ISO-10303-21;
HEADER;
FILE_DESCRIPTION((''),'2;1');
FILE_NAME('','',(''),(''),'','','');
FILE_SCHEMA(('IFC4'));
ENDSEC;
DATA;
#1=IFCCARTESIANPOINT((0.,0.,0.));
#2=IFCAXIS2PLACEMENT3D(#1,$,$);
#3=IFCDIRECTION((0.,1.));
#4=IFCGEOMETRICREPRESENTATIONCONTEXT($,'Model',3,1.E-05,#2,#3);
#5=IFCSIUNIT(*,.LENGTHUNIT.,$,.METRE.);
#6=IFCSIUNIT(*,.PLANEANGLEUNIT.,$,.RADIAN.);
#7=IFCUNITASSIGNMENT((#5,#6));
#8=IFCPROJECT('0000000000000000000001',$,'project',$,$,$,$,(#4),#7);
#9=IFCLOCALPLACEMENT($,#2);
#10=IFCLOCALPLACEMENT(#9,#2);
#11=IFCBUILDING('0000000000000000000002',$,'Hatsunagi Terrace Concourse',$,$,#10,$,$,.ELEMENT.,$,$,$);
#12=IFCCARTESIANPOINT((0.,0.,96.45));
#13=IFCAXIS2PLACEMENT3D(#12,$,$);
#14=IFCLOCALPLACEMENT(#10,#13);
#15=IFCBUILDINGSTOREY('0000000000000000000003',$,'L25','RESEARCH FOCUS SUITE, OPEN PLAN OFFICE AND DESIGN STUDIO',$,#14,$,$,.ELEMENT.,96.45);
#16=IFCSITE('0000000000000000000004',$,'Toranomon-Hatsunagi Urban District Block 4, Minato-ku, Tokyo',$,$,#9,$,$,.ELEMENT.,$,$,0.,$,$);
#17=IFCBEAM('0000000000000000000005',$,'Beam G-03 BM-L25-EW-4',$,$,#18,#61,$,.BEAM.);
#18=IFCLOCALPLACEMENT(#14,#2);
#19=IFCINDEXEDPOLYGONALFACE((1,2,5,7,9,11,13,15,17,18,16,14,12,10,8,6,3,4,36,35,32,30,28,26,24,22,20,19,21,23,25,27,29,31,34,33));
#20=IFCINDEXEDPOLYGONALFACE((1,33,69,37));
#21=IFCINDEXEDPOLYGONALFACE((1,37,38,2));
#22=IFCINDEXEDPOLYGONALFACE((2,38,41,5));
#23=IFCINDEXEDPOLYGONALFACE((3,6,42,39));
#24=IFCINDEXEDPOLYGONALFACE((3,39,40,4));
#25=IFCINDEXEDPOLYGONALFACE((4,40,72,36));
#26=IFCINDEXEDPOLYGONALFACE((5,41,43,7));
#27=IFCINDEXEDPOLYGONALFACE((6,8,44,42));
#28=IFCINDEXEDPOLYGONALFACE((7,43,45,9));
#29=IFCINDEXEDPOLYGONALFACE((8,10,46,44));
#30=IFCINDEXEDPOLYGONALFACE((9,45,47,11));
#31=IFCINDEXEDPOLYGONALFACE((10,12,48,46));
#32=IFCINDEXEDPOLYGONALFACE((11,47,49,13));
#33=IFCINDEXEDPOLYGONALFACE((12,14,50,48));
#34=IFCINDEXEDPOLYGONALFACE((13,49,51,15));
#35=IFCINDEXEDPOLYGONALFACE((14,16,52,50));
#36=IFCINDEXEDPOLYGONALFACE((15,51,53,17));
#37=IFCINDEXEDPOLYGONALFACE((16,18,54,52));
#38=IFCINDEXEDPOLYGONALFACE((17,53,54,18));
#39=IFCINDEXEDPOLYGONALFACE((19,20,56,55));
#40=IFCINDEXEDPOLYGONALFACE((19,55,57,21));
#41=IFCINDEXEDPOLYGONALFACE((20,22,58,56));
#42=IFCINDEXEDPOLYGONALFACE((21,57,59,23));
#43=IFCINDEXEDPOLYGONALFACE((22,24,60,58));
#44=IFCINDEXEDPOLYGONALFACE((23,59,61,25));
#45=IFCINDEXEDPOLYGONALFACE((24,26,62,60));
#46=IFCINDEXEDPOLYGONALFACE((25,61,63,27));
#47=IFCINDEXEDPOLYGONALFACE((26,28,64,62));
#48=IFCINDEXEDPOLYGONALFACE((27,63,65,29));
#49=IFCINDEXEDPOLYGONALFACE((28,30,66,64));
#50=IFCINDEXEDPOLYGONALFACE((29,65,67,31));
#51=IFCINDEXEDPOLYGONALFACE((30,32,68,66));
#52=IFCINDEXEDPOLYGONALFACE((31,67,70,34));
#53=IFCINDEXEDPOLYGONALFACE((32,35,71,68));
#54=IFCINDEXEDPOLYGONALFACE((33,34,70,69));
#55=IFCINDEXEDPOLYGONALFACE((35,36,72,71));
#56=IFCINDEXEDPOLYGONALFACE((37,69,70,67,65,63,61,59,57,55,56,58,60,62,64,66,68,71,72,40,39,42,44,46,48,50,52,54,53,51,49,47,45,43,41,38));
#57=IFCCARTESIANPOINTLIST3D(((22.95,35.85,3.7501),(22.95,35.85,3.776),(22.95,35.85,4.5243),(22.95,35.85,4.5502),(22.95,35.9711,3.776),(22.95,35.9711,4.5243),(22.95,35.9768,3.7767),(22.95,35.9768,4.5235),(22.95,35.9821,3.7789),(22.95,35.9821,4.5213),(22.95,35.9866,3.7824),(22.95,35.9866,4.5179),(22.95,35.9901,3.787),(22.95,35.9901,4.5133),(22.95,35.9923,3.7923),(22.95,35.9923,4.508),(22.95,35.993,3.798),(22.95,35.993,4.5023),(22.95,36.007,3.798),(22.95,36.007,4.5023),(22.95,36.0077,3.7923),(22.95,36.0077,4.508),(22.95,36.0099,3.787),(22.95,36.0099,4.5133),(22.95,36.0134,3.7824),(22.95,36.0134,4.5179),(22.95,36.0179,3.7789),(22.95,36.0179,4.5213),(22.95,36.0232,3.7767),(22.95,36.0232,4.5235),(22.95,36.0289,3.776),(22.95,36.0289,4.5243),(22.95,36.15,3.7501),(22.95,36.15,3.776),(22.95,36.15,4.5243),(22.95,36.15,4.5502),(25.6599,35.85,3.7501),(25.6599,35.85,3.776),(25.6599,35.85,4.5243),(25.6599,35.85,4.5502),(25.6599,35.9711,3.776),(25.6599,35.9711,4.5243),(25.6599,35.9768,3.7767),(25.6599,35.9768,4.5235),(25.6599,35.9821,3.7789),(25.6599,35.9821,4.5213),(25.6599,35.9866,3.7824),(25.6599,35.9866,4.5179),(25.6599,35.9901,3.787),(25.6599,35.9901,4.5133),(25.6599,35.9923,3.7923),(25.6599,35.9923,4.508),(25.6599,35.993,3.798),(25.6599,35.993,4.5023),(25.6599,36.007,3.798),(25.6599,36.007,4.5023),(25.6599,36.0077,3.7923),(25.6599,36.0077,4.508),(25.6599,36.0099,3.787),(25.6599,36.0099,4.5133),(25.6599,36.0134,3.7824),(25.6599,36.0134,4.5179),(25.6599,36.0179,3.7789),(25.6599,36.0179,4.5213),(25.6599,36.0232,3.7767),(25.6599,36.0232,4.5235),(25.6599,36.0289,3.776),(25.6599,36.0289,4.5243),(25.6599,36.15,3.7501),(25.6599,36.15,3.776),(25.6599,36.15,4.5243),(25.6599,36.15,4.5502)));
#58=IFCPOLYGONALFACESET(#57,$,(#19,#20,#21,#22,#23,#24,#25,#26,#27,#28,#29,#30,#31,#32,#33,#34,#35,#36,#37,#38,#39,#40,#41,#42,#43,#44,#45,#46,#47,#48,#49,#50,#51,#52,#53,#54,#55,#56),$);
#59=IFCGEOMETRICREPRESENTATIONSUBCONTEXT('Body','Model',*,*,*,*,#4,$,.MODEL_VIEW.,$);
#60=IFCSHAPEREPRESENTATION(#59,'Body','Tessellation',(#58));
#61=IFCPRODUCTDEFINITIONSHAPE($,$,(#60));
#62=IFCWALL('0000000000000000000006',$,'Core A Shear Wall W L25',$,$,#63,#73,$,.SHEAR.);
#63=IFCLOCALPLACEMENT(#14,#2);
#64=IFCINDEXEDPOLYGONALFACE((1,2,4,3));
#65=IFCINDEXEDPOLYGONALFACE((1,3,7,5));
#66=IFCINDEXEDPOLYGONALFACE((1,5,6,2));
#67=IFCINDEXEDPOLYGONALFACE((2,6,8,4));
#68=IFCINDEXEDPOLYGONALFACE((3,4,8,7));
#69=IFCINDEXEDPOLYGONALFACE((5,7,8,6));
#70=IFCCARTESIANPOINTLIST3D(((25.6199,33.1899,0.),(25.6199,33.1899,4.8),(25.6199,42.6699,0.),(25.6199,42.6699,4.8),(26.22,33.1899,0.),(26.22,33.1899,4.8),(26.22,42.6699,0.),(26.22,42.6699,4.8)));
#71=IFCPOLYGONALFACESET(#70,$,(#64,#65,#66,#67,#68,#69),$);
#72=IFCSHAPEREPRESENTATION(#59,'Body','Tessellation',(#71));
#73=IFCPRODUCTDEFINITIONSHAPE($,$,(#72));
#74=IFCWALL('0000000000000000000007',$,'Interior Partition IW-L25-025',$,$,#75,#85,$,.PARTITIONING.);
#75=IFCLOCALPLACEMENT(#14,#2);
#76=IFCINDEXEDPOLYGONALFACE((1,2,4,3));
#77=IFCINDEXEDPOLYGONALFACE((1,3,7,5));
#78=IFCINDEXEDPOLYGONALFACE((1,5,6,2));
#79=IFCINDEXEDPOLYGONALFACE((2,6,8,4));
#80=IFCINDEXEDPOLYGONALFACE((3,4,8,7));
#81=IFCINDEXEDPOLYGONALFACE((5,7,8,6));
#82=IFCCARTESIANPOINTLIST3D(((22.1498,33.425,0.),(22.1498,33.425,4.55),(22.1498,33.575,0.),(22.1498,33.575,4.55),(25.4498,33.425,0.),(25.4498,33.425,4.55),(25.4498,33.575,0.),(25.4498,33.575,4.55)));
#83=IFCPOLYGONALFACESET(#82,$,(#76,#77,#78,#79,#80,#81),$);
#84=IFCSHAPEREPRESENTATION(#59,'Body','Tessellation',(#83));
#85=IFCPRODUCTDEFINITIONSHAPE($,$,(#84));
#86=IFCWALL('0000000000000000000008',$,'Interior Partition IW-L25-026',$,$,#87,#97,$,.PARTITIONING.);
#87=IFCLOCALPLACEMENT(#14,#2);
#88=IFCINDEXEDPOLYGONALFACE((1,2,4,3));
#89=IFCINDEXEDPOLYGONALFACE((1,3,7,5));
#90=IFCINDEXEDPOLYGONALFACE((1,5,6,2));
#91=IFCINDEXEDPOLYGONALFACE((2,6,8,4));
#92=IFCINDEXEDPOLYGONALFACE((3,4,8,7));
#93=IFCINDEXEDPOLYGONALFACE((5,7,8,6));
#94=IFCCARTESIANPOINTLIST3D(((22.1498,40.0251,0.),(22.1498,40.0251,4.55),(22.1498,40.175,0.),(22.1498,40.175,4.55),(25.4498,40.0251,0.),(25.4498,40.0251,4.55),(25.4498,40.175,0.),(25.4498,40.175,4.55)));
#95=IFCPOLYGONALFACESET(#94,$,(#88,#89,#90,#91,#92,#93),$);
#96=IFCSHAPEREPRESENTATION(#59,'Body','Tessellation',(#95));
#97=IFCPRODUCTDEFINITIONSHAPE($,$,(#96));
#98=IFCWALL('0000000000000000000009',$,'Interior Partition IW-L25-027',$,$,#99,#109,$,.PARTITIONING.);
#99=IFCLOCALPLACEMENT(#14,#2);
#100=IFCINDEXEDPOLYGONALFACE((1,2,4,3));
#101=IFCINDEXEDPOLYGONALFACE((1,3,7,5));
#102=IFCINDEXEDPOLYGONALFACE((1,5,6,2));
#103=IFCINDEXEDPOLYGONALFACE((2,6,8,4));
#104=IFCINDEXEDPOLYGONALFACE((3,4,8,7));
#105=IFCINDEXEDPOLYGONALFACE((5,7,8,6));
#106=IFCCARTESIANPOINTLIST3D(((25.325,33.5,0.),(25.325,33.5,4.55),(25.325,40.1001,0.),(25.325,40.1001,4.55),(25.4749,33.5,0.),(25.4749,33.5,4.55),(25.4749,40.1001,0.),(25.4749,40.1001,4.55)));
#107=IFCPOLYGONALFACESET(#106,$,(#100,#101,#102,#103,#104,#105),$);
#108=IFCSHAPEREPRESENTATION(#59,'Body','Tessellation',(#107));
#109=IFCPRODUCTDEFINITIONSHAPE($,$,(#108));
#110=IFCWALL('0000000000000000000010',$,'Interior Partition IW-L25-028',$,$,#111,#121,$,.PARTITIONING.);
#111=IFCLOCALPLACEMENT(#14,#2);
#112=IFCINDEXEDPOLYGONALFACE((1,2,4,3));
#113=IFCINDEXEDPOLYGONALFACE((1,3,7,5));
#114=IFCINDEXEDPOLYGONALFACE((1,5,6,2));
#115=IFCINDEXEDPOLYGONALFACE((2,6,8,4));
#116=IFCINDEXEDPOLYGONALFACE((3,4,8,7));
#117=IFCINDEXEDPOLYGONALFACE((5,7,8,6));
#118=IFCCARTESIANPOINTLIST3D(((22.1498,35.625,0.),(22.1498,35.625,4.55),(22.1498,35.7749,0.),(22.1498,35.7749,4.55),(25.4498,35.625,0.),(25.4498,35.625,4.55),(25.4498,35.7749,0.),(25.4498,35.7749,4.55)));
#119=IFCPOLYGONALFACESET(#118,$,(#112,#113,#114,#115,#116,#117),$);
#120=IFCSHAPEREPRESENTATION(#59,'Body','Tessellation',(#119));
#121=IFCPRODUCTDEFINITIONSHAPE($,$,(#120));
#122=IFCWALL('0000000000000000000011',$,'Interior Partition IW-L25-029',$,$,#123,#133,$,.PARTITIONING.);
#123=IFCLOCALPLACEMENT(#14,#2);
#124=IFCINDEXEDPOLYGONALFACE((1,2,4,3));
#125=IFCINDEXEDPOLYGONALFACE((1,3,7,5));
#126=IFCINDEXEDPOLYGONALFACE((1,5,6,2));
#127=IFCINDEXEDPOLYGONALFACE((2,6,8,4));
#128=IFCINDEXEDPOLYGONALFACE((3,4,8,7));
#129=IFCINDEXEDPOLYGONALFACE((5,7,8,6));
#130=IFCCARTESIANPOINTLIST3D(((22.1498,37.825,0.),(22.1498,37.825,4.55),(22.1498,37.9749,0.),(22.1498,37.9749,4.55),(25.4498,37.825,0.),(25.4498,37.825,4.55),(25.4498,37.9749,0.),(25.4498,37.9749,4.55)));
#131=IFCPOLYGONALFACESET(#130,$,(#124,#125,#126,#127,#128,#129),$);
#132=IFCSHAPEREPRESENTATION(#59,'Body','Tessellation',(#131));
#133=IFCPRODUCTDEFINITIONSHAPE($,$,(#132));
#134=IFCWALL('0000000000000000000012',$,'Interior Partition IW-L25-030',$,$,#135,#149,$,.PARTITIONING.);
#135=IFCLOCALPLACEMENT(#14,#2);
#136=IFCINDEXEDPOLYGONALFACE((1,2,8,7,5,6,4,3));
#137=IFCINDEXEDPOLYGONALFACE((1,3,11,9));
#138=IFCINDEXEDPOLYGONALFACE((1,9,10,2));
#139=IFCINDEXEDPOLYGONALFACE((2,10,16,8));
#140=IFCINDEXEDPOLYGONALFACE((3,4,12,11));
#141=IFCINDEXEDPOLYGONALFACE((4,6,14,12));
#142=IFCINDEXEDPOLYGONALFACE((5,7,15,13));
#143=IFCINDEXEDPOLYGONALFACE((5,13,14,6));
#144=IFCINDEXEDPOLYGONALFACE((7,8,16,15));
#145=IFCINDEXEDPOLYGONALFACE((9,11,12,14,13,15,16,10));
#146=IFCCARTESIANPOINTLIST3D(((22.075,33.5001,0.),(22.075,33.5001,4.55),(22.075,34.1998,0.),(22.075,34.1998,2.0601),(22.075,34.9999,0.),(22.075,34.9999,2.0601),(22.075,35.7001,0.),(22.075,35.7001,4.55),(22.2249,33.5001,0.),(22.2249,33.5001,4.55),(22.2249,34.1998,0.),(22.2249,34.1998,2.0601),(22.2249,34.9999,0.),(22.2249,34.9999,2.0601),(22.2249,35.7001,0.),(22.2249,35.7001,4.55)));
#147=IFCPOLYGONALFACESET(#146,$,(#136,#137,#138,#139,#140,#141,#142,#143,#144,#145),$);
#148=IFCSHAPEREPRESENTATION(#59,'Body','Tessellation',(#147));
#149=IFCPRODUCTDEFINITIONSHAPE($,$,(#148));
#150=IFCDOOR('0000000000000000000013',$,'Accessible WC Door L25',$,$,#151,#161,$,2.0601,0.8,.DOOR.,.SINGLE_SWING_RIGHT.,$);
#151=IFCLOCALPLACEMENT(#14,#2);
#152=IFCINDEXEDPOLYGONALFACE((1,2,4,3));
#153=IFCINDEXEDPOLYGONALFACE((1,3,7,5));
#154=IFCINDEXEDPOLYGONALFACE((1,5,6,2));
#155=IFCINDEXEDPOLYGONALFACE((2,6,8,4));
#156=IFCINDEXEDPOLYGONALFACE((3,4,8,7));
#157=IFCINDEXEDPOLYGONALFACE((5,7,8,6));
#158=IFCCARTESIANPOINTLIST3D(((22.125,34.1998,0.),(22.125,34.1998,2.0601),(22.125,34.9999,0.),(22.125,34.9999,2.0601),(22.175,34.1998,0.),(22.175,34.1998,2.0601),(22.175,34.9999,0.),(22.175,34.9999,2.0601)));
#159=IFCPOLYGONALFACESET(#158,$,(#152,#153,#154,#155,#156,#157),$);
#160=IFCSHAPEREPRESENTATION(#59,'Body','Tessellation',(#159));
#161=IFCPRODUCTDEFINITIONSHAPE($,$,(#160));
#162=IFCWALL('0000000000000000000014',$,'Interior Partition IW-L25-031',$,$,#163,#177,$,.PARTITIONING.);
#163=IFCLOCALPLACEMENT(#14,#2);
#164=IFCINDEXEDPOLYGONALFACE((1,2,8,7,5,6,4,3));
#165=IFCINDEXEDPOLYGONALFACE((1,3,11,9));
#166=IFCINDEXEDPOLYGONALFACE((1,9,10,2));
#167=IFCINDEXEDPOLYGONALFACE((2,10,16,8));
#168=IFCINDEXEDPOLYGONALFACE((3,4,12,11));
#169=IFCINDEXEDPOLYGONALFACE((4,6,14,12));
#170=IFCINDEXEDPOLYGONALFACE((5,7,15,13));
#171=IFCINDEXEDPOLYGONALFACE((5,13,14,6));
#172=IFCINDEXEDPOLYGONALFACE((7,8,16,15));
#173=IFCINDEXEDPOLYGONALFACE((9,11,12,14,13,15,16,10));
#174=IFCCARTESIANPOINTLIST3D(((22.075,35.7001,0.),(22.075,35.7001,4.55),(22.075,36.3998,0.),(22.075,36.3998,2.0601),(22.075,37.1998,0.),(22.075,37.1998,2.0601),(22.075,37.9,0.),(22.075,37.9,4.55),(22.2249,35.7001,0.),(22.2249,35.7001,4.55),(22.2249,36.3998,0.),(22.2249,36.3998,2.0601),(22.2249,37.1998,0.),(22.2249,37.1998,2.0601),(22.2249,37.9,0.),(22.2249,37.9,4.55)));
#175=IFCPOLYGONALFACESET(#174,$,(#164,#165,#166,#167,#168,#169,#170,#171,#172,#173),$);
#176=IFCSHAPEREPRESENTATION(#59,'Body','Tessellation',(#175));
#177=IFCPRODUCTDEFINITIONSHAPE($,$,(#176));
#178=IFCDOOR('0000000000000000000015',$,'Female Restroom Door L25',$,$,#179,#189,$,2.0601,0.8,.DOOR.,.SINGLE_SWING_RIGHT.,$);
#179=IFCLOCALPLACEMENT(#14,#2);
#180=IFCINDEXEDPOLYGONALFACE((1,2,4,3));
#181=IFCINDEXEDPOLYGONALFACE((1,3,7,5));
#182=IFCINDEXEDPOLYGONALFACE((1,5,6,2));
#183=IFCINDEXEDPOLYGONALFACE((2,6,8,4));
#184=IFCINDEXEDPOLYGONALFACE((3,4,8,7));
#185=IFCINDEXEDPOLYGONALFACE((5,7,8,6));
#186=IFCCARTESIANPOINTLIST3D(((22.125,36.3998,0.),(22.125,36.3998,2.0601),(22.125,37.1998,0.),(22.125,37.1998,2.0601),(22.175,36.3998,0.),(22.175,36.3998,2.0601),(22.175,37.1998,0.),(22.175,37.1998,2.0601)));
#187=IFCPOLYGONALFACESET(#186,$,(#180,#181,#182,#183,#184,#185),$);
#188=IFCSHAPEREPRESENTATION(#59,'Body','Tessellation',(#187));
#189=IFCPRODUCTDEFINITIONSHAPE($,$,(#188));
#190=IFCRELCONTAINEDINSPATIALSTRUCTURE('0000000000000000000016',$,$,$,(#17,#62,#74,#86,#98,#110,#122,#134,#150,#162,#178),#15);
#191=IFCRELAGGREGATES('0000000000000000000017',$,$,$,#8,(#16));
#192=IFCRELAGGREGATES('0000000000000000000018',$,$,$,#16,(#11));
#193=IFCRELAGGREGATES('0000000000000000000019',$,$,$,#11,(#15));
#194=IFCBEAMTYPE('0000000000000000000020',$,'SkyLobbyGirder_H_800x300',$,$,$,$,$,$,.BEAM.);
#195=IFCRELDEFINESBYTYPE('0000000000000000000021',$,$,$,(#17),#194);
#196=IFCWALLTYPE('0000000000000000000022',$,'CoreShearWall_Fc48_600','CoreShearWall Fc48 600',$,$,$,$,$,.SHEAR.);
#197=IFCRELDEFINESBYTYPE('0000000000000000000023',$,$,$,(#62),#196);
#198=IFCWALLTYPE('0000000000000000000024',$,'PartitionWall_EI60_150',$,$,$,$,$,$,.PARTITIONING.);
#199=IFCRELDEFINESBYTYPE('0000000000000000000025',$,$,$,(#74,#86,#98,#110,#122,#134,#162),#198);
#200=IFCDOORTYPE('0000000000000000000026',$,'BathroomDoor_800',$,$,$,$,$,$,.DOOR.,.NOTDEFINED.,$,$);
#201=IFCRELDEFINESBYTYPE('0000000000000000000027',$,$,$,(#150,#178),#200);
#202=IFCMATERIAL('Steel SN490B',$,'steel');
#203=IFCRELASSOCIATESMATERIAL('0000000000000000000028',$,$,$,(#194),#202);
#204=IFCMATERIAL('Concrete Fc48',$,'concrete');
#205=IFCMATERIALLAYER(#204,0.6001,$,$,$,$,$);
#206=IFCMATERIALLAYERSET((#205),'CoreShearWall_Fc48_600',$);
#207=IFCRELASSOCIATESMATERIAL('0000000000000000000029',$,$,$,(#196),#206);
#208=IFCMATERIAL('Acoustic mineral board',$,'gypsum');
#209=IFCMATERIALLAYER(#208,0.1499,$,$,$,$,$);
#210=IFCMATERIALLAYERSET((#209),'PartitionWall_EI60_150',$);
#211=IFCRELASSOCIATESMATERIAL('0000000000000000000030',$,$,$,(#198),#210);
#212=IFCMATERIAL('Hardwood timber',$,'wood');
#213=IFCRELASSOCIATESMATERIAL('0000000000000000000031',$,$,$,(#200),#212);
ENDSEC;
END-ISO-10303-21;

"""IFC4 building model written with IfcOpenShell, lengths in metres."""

from ifc_helpers import new_model, si_unit, direction, frame, frame_2d, origin, origin_2d, place, context, subcontext, project, spatial, rectangle, i_section, extrude, material, layer, layer_set, material_profile, profile_set, type_object, element, fill, save


model = new_model("IFC4")

# Units and contexts
model_context = context("Model", 3, precision=1e-05, world=origin(), true_north=direction((0.0, 1.0)))
body_context = subcontext(model_context, "Body", "Model", "MODEL_VIEW")
ifc_project = project(units=[si_unit("LENGTHUNIT", "METRE"), si_unit("PLANEANGLEUNIT", "RADIAN")], contexts=[model_context])

# Site, building, storey
site_placement = place(None, origin())
site = spatial("IfcSite", under=ifc_project, at=site_placement, Name="Toranomon-Hatsunagi Urban District Block 4, Minato-ku, Tokyo", CompositionType="ELEMENT", RefElevation=0.0)
building_placement = place(site_placement, origin())
building = spatial("IfcBuilding", under=site, at=building_placement, Name="Hatsunagi Terrace Concourse", CompositionType="ELEMENT")
storey_placement = place(building_placement, frame((0.0, 0.0, 96.45)))
storey = spatial("IfcBuildingStorey", under=building, at=storey_placement, Name="L25", Description="RESEARCH FOCUS SUITE, OPEN PLAN OFFICE AND DESIGN STUDIO", CompositionType="ELEMENT", Elevation=96.45)

# Beam
ifc_material_1 = material(Name="Steel SN490B", Category="steel")
ifc_material_profile_1 = material_profile(ifc_material_1, i_section(OverallWidth=0.3, OverallDepth=0.8, WebThickness=0.0139, FlangeThickness=0.0259, FilletRadius=0.022, at=origin_2d()), Name="H-800x300x14x26")
ifc_profile_set_1 = profile_set([ifc_material_profile_1], Name="Steel SN490B")
beam_type_1 = type_object("IfcBeamType", Name="SkyLobbyGirder_H_800x300", PredefinedType="BEAM", material=ifc_profile_set_1)
beam_1_placement = place(storey_placement, frame((22.95, 36.0, 4.1501), z_axis=(1.0, 0.0, 0.0), x_axis=(0.0, 1.0, 0.0)))
element("IfcBeam", 1, at=beam_1_placement, inside=storey, type_object=beam_type_1, Name="Beam G-03 BM-L25-EW-4", PredefinedType="BEAM", context=body_context, shape_type="SweptSolid", body=[
    extrude(i_section(OverallWidth=0.3, OverallDepth=0.8, WebThickness=0.0139, FlangeThickness=0.0259, FilletRadius=0.022, at=origin_2d()), origin(), (0.0, 0.0, 1.0), 2.71),
])

# Walls
ifc_material_2 = material(Name="Concrete Fc48", Category="concrete")
ifc_layer_1 = layer(ifc_material_2, 0.6001)
ifc_layer_set_1 = layer_set([ifc_layer_1], Name="CoreShearWall_Fc48_600")
wall_type_1 = type_object("IfcWallType", Name="CoreShearWall_Fc48_600", Description="CoreShearWall Fc48 600", PredefinedType="SHEAR", material=ifc_layer_set_1)
wall_1_placement = place(storey_placement, frame((25.9199, 33.1899, 0.0), z_axis=(0.0, 0.0, 1.0), x_axis=(0.0, 1.0, 0.0)))
element("IfcWall", 2, at=wall_1_placement, inside=storey, type_object=wall_type_1, Name="Core A Shear Wall W L25", PredefinedType="SHEAR", context=body_context, shape_type="SweptSolid", body=[
    extrude(rectangle(XDim=9.48, YDim=0.6001, at=frame_2d((4.74, 0.0))), origin(), (0.0, 0.0, 1.0), 4.8),
])
ifc_material_3 = material(Name="Acoustic mineral board", Category="gypsum")
ifc_layer_2 = layer(ifc_material_3, 0.1499)
ifc_layer_set_2 = layer_set([ifc_layer_2], Name="PartitionWall_EI60_150")
wall_type_2 = type_object("IfcWallType", Name="PartitionWall_EI60_150", PredefinedType="PARTITIONING", material=ifc_layer_set_2)
for number, where, z_axis, x_axis, name in (
    (3, (22.1499, 33.5, 0.0), (0.0, 0.0, 1.0), (1.0, 0.0, 0.0), "Interior Partition IW-L25-025"),
    (4, (22.1499, 40.1001, 0.0), (0.0, 0.0, 1.0), (1.0, 0.0, 0.0), "Interior Partition IW-L25-026"),
):
    element("IfcWall", number, at=place(storey_placement, frame(where, z_axis=z_axis, x_axis=x_axis)), inside=storey, type_object=wall_type_2, Name=name, PredefinedType="PARTITIONING", context=body_context, shape_type="SweptSolid", body=[
        extrude(rectangle(XDim=3.3, YDim=0.1499, at=frame_2d((1.6499, 0.0))), origin(), (0.0, 0.0, 1.0), 4.55),
    ])
wall_2_placement = place(storey_placement, frame((25.3999, 33.5, 0.0), z_axis=(0.0, 0.0, 1.0), x_axis=(0.0, 1.0, 0.0)))
element("IfcWall", 5, at=wall_2_placement, inside=storey, type_object=wall_type_2, Name="Interior Partition IW-L25-027", PredefinedType="PARTITIONING", context=body_context, shape_type="SweptSolid", body=[
    extrude(rectangle(XDim=6.6001, YDim=0.1499, at=frame_2d((3.3, 0.0))), origin(), (0.0, 0.0, 1.0), 4.55),
])
for number, where, z_axis, x_axis, name in (
    (6, (22.1499, 35.7, 0.0), (0.0, 0.0, 1.0), (1.0, 0.0, 0.0), "Interior Partition IW-L25-028"),
    (7, (22.1499, 37.8999, 0.0), (0.0, 0.0, 1.0), (1.0, 0.0, 0.0), "Interior Partition IW-L25-029"),
):
    element("IfcWall", number, at=place(storey_placement, frame(where, z_axis=z_axis, x_axis=x_axis)), inside=storey, type_object=wall_type_2, Name=name, PredefinedType="PARTITIONING", context=body_context, shape_type="SweptSolid", body=[
        extrude(rectangle(XDim=3.3, YDim=0.1499, at=frame_2d((1.6499, 0.0))), origin(), (0.0, 0.0, 1.0), 4.55),
    ])

# Walls, openings, doors
wall_3_placement = place(storey_placement, frame((22.1499, 33.5, 0.0), z_axis=(0.0, 0.0, 1.0), x_axis=(0.0, 1.0, 0.0)))
wall_3 = element("IfcWall", 8, at=wall_3_placement, inside=storey, type_object=wall_type_2, Name="Interior Partition IW-L25-030", PredefinedType="PARTITIONING", context=body_context, shape_type="SweptSolid", body=[
    extrude(rectangle(XDim=2.2, YDim=0.1499, at=frame_2d((1.1001, 0.0))), origin(), (0.0, 0.0, 1.0), 4.55),
])
opening_1_placement = place(wall_3_placement, frame((0.7, 0.0, 0.0)))
opening_1 = element("IfcOpeningElement", 9, at=opening_1_placement, cuts=wall_3, PredefinedType="OPENING", context=body_context, shape_type="SweptSolid", body=[
    extrude(rectangle(XDim=0.8, YDim=2.0601, at=frame_2d((0.3999, 1.03))), frame((0.0, 0.085, 0.0), z_axis=(0.0, -1.0, 0.0), x_axis=(1.0, 0.0, 0.0)), (0.0, 0.0, 1.0), 0.1699),
])
ifc_material_4 = material(Name="Hardwood timber", Category="wood")
door_type_1 = type_object("IfcDoorType", Name="BathroomDoor_800", OperationType="NOTDEFINED", PredefinedType="DOOR", material=ifc_material_4)
door_1_placement = place(opening_1_placement, origin())
door_1 = element("IfcDoor", 10, at=door_1_placement, inside=storey, type_object=door_type_1, Name="Accessible WC Door L25", OperationType="SINGLE_SWING_RIGHT", OverallHeight=2.0601, OverallWidth=0.8, PredefinedType="DOOR", context=body_context, shape_type="SweptSolid", body=[
    extrude(rectangle(XDim=0.8, YDim=2.0601, at=frame_2d((0.3999, 1.03))), frame((0.0, 0.0249, 0.0), z_axis=(0.0, -1.0, 0.0), x_axis=(1.0, 0.0, 0.0)), (0.0, 0.0, 1.0), 0.05),
])
fill(opening_1, door_1)
wall_4_placement = place(storey_placement, frame((22.1499, 35.7, 0.0), z_axis=(0.0, 0.0, 1.0), x_axis=(0.0, 1.0, 0.0)))
wall_4 = element("IfcWall", 11, at=wall_4_placement, inside=storey, type_object=wall_type_2, Name="Interior Partition IW-L25-031", PredefinedType="PARTITIONING", context=body_context, shape_type="SweptSolid", body=[
    extrude(rectangle(XDim=2.2, YDim=0.1499, at=frame_2d((1.1001, 0.0))), origin(), (0.0, 0.0, 1.0), 4.55),
])
opening_2_placement = place(wall_4_placement, frame((0.7, 0.0, 0.0)))
opening_2 = element("IfcOpeningElement", 12, at=opening_2_placement, cuts=wall_4, PredefinedType="OPENING", context=body_context, shape_type="SweptSolid", body=[
    extrude(rectangle(XDim=0.8, YDim=2.0601, at=frame_2d((0.3999, 1.03))), frame((0.0, 0.085, 0.0), z_axis=(0.0, -1.0, 0.0), x_axis=(1.0, 0.0, 0.0)), (0.0, 0.0, 1.0), 0.1699),
])
door_2_placement = place(opening_2_placement, origin())
door_2 = element("IfcDoor", 13, at=door_2_placement, inside=storey, type_object=door_type_1, Name="Female Restroom Door L25", OperationType="SINGLE_SWING_RIGHT", OverallHeight=2.0601, OverallWidth=0.8, PredefinedType="DOOR", context=body_context, shape_type="SweptSolid", body=[
    extrude(rectangle(XDim=0.8, YDim=2.0601, at=frame_2d((0.3999, 1.03))), frame((0.0, 0.0249, 0.0), z_axis=(0.0, -1.0, 0.0), x_axis=(1.0, 0.0, 0.0)), (0.0, 0.0, 1.0), 0.05),
])
fill(opening_2, door_2)

save(model, "model.ifc")
